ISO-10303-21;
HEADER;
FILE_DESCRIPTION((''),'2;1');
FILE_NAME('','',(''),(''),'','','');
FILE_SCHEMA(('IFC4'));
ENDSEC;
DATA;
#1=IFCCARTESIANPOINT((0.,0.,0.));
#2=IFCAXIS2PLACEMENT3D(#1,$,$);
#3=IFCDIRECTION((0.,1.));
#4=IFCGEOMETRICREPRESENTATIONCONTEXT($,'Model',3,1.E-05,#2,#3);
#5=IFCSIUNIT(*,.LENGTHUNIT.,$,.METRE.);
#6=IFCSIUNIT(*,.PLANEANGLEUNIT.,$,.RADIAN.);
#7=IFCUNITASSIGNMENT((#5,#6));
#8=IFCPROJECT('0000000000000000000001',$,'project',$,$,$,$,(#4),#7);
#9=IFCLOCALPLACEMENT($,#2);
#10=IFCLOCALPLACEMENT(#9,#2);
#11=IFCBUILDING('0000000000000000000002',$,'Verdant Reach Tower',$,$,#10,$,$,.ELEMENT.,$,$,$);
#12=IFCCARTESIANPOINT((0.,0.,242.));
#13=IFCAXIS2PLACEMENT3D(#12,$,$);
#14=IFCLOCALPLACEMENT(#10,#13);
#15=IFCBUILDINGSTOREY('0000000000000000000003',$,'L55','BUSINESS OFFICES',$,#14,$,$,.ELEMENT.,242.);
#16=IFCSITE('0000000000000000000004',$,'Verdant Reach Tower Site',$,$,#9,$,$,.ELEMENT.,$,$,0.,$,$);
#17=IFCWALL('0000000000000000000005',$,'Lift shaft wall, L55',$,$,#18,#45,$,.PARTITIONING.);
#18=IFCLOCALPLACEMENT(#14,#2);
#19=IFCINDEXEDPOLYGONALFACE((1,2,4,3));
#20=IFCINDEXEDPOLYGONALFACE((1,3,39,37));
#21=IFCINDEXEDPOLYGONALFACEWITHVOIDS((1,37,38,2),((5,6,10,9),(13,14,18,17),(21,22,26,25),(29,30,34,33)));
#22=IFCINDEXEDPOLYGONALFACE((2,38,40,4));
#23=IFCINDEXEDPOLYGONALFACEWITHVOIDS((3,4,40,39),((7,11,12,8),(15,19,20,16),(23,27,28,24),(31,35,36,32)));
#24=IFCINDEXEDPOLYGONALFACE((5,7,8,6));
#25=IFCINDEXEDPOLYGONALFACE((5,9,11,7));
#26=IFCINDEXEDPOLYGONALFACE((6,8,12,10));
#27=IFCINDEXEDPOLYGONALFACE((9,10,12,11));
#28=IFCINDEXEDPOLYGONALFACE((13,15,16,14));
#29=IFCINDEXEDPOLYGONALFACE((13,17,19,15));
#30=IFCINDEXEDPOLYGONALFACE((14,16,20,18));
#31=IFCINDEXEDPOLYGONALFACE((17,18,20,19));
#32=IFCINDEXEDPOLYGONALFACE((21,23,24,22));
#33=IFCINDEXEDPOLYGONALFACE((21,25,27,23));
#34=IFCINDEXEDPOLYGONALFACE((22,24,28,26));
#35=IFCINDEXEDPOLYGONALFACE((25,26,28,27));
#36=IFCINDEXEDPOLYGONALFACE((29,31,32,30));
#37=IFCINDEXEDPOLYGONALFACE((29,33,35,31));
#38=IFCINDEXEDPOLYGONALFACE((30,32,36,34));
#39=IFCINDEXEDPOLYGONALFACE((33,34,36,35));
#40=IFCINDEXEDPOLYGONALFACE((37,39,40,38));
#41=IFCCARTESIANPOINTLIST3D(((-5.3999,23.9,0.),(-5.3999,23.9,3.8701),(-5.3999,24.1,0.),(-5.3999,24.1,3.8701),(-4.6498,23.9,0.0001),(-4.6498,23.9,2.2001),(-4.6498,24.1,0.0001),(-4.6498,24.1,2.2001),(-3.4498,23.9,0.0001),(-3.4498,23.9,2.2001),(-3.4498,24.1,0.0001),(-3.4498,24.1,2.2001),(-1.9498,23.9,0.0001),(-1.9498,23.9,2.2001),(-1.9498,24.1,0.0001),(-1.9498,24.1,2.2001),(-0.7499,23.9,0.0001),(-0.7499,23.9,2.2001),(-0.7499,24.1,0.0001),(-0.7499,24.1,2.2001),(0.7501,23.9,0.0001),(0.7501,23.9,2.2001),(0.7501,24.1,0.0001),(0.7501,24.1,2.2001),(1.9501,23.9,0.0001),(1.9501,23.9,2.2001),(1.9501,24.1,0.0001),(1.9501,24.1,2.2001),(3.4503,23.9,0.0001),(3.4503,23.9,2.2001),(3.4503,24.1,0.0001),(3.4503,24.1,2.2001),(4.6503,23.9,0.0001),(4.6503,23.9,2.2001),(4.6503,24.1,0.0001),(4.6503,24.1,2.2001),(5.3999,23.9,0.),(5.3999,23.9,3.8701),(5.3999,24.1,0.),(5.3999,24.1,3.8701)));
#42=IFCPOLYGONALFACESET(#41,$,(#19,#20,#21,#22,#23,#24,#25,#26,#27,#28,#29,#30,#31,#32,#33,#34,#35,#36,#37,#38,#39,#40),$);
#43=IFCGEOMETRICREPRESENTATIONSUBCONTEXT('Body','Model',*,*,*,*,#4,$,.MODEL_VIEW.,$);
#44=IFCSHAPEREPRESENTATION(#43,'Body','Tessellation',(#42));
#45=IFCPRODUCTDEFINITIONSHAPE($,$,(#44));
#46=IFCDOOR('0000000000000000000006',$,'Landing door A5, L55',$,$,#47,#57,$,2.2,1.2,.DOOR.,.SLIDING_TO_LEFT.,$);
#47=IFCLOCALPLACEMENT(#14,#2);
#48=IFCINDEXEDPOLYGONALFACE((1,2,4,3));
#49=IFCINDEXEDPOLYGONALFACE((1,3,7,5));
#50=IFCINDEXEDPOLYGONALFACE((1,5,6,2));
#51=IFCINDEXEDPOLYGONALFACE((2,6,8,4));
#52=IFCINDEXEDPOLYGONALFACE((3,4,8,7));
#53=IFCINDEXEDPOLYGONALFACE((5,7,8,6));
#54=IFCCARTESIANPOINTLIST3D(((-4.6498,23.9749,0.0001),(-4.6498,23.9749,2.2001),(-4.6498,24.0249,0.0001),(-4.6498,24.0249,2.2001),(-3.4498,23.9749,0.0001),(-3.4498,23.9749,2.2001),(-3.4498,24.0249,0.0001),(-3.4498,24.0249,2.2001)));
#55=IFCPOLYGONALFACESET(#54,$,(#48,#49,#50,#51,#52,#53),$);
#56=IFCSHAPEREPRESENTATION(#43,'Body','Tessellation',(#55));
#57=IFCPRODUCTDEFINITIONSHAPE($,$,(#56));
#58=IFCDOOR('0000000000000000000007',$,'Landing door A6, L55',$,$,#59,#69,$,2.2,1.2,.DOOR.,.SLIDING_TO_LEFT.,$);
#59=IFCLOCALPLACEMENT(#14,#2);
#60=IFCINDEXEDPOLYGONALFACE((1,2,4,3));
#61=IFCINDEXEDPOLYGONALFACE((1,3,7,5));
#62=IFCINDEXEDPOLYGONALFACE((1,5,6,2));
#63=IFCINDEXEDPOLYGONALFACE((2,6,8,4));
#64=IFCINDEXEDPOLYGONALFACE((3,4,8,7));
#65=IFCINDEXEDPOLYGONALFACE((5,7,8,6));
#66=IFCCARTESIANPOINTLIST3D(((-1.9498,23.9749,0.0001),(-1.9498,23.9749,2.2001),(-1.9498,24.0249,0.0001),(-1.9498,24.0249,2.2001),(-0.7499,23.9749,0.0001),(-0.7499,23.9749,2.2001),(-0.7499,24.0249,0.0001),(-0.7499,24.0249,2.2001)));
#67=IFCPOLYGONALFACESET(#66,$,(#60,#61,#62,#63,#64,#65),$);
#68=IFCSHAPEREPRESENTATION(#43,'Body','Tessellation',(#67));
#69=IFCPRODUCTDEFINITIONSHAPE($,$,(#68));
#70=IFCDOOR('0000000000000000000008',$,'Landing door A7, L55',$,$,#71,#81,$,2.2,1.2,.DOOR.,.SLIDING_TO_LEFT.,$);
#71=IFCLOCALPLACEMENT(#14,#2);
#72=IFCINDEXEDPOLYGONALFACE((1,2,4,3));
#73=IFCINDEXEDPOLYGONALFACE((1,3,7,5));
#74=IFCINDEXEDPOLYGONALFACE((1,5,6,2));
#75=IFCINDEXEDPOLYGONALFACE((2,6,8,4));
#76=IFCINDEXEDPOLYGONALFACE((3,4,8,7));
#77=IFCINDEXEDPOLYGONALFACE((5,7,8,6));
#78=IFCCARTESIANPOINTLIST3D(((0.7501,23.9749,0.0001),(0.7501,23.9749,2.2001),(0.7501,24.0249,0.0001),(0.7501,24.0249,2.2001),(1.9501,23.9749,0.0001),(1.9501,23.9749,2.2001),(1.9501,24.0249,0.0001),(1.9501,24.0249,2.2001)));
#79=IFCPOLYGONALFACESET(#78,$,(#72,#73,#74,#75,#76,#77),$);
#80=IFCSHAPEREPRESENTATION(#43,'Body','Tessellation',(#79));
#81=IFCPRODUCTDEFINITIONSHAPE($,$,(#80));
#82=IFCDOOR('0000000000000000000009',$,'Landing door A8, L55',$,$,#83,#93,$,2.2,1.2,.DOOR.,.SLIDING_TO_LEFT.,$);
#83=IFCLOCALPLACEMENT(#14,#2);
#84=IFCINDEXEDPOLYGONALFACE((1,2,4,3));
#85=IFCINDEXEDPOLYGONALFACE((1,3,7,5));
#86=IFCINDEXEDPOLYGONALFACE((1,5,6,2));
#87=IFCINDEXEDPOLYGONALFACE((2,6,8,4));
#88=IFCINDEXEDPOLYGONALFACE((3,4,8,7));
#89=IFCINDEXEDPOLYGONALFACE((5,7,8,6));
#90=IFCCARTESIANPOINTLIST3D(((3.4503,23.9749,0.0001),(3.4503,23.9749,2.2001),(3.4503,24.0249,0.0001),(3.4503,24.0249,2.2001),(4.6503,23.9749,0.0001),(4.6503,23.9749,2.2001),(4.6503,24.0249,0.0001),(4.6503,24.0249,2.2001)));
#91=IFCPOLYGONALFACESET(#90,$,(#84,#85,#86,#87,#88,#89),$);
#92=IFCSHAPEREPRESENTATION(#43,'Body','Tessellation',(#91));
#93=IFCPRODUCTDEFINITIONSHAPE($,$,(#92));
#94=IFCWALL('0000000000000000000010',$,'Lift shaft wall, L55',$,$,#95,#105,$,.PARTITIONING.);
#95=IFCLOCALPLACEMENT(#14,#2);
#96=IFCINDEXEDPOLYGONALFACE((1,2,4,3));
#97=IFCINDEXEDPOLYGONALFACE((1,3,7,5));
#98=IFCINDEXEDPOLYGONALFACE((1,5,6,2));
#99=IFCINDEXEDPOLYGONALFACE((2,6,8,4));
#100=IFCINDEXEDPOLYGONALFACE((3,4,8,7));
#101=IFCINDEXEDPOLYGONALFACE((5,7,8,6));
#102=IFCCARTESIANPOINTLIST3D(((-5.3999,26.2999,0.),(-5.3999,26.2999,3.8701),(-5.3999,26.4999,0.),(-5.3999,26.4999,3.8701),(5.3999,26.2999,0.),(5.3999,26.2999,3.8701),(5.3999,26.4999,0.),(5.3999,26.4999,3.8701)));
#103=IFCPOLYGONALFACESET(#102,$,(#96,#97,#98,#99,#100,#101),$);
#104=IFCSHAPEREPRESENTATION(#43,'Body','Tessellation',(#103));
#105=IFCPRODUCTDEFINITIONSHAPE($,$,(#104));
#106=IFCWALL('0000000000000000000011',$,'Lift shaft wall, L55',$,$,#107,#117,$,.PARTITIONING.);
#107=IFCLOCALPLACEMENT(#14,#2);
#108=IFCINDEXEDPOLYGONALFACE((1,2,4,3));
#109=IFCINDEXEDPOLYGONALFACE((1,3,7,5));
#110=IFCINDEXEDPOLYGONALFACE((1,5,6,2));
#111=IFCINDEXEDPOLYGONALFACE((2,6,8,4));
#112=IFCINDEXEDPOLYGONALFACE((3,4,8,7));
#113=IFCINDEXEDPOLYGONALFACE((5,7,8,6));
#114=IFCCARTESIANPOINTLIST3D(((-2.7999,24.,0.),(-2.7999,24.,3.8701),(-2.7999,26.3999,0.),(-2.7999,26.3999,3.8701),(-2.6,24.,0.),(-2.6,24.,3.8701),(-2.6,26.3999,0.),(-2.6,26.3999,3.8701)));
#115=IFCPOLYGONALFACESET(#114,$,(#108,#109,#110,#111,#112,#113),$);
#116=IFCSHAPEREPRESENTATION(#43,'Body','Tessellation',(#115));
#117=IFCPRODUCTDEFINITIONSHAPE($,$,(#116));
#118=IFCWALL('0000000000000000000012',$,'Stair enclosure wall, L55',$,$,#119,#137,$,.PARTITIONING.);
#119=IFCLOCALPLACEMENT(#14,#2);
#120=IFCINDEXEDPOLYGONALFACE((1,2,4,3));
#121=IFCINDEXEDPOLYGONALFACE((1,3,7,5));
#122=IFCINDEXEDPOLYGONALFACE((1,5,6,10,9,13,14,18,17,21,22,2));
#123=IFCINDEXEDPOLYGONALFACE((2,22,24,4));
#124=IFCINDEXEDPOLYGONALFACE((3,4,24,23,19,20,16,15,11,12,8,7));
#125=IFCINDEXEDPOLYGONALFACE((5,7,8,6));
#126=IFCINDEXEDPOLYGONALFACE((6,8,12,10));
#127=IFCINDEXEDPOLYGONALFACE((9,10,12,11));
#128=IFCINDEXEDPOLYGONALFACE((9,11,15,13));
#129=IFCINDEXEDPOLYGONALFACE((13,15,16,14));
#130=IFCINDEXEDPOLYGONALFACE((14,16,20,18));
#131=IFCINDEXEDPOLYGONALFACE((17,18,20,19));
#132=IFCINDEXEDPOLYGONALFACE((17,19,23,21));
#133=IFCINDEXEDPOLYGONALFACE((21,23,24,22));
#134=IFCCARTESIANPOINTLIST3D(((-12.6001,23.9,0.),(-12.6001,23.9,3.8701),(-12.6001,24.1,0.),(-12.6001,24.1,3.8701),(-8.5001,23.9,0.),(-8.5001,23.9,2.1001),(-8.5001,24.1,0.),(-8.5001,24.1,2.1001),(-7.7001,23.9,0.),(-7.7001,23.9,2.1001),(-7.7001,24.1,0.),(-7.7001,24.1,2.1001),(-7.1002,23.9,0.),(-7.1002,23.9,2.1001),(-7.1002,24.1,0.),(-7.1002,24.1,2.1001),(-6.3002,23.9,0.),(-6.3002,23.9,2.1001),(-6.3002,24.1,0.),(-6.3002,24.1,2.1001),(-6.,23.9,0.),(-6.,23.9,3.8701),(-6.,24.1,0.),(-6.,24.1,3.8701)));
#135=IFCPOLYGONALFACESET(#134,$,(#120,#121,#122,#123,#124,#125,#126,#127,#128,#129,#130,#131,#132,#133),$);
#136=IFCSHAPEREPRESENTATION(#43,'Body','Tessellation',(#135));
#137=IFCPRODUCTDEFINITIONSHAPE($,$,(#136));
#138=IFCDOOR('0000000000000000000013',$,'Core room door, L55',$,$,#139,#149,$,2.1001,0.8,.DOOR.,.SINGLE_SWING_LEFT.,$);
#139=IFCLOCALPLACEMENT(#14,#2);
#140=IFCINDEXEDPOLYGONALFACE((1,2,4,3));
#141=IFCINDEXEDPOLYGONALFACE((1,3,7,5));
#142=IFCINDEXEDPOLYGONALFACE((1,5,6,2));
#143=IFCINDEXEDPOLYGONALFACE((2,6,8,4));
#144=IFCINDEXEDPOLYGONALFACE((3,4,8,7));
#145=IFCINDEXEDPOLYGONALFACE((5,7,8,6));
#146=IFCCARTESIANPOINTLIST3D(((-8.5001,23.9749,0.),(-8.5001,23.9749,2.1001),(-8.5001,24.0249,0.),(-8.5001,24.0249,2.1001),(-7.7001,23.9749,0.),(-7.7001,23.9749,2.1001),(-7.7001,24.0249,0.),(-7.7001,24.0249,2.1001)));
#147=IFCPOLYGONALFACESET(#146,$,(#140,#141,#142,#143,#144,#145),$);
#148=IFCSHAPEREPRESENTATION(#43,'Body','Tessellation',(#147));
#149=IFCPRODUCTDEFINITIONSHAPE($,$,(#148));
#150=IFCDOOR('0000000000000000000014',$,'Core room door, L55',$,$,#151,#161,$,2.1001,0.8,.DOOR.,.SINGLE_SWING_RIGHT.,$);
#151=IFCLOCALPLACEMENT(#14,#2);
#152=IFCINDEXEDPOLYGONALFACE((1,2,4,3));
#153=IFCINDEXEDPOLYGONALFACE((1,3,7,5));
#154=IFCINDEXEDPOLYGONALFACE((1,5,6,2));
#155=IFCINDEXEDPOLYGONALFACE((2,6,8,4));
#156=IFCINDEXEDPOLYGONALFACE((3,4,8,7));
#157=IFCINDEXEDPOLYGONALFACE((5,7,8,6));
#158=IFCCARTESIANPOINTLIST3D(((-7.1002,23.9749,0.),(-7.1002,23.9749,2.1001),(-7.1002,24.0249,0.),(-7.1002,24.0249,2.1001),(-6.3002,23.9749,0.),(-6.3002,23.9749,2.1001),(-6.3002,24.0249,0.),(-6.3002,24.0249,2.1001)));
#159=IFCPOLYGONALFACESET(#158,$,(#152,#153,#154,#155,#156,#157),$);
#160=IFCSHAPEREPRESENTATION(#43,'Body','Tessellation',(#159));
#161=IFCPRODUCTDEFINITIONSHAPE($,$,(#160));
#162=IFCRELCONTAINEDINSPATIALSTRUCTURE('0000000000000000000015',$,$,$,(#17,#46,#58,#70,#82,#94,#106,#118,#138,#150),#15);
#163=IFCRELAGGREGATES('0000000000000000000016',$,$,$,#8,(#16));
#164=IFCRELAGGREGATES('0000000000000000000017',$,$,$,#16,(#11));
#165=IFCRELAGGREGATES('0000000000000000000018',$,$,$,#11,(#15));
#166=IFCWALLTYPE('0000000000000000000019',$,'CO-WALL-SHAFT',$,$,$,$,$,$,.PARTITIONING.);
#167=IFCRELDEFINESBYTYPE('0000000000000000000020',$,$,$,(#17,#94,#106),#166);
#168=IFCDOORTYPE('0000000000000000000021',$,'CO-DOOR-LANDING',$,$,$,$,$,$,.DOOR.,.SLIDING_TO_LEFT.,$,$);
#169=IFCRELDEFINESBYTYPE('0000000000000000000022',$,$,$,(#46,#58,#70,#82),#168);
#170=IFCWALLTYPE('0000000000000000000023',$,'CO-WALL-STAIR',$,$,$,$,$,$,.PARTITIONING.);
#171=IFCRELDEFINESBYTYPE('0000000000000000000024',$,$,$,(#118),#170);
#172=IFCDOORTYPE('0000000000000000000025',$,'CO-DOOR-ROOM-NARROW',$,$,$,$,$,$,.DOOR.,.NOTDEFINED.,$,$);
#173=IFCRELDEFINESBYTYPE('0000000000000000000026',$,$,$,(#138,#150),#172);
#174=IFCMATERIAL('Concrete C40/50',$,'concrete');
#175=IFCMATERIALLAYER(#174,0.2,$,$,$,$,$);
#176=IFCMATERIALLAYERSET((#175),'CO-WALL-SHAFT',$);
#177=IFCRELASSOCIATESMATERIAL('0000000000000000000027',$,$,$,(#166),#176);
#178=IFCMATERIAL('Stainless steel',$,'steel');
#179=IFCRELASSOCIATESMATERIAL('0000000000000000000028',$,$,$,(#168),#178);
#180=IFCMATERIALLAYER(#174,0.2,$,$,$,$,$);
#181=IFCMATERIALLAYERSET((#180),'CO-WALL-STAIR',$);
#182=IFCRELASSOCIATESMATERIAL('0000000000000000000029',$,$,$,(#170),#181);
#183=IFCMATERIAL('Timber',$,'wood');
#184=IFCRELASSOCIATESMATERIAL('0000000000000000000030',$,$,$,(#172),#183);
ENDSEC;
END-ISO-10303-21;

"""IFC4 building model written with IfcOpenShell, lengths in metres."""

from ifc_helpers import new_model, si_unit, direction, frame, frame_2d, origin, place, context, subcontext, project, spatial, rectangle, extrude, material, layer, layer_set, type_object, element, fill, save


model = new_model("IFC4")

# Units and contexts
model_context = context("Model", 3, precision=1e-05, world=origin(), true_north=direction((0.0, 1.0)))
body_context = subcontext(model_context, "Body", "Model", "MODEL_VIEW")
ifc_project = project(units=[si_unit("LENGTHUNIT", "METRE"), si_unit("PLANEANGLEUNIT", "RADIAN")], contexts=[model_context])

# Site, building, storey
site_placement = place(None, origin())
site = spatial("IfcSite", under=ifc_project, at=site_placement, Name="Verdant Reach Tower Site", CompositionType="ELEMENT", RefElevation=0.0)
building_placement = place(site_placement, origin())
building = spatial("IfcBuilding", under=site, at=building_placement, Name="Verdant Reach Tower", CompositionType="ELEMENT")
storey_placement = place(building_placement, frame((0.0, 0.0, 242.0)))
storey = spatial("IfcBuildingStorey", under=building, at=storey_placement, Name="L55", Description="BUSINESS OFFICES", CompositionType="ELEMENT", Elevation=242.0)

# Wall, openings, doors
ifc_material_1 = material(Name="Concrete C40/50", Category="concrete")
ifc_layer_1 = layer(ifc_material_1, 0.2)
ifc_layer_set_1 = layer_set([ifc_layer_1], Name="CO-WALL-SHAFT")
wall_type_1 = type_object("IfcWallType", Name="CO-WALL-SHAFT", PredefinedType="PARTITIONING", material=ifc_layer_set_1)
ifc_material_2 = material(Name="Stainless steel", Category="steel")
door_type_1 = type_object("IfcDoorType", Name="CO-DOOR-LANDING", OperationType="SLIDING_TO_LEFT", PredefinedType="DOOR", material=ifc_material_2)
wall_1_placement = place(storey_placement, frame((-5.3999, 24.0, 0.0), z_axis=(0.0, 0.0, 1.0), x_axis=(1.0, 0.0, 0.0)))
wall_1 = element("IfcWall", 1, at=wall_1_placement, inside=storey, type_object=wall_type_1, Name="Lift shaft wall, L55", PredefinedType="PARTITIONING", context=body_context, shape_type="SweptSolid", body=[
    extrude(rectangle(XDim=10.7998, YDim=0.2, at=frame_2d((5.3999, 0.0))), origin(), (0.0, 0.0, 1.0), 3.8701),
])
opening_1_placement = place(wall_1_placement, frame((0.75, 0.0, 0.0)))
opening_1 = element("IfcOpeningElement", 2, at=opening_1_placement, cuts=wall_1, PredefinedType="OPENING", context=body_context, shape_type="SweptSolid", body=[
    extrude(rectangle(XDim=1.2, YDim=2.2, at=frame_2d((0.6001, 1.1001))), frame((0.0, 0.1099, 0.0), z_axis=(0.0, -1.0, 0.0), x_axis=(1.0, 0.0, 0.0)), (0.0, 0.0, 1.0), 0.22),
])
opening_2_placement = place(wall_1_placement, frame((3.45, 0.0, 0.0)))
opening_2 = element("IfcOpeningElement", 3, at=opening_2_placement, cuts=wall_1, PredefinedType="OPENING", context=body_context, shape_type="SweptSolid", body=[
    extrude(rectangle(XDim=1.2, YDim=2.2, at=frame_2d((0.6001, 1.1001))), frame((0.0, 0.1099, 0.0), z_axis=(0.0, -1.0, 0.0), x_axis=(1.0, 0.0, 0.0)), (0.0, 0.0, 1.0), 0.22),
])
opening_3_placement = place(wall_1_placement, frame((6.1499, 0.0, 0.0)))
opening_3 = element("IfcOpeningElement", 4, at=opening_3_placement, cuts=wall_1, PredefinedType="OPENING", context=body_context, shape_type="SweptSolid", body=[
    extrude(rectangle(XDim=1.2, YDim=2.2, at=frame_2d((0.6001, 1.1001))), frame((0.0, 0.1099, 0.0), z_axis=(0.0, -1.0, 0.0), x_axis=(1.0, 0.0, 0.0)), (0.0, 0.0, 1.0), 0.22),
])
opening_4_placement = place(wall_1_placement, frame((8.8501, 0.0, 0.0)))
opening_4 = element("IfcOpeningElement", 5, at=opening_4_placement, cuts=wall_1, PredefinedType="OPENING", context=body_context, shape_type="SweptSolid", body=[
    extrude(rectangle(XDim=1.2, YDim=2.2, at=frame_2d((0.6001, 1.1001))), frame((0.0, 0.1099, 0.0), z_axis=(0.0, -1.0, 0.0), x_axis=(1.0, 0.0, 0.0)), (0.0, 0.0, 1.0), 0.22),
])
door_1_placement = place(opening_1_placement, origin())
door_1 = element("IfcDoor", 6, at=door_1_placement, inside=storey, type_object=door_type_1, Name="Landing door A5, L55", OperationType="SLIDING_TO_LEFT", OverallHeight=2.2, OverallWidth=1.2, PredefinedType="DOOR", context=body_context, shape_type="SweptSolid", body=[
    extrude(rectangle(XDim=1.2, YDim=2.2, at=frame_2d((0.6001, 1.1001))), frame((0.0, 0.0249, 0.0), z_axis=(0.0, -1.0, 0.0), x_axis=(1.0, 0.0, 0.0)), (0.0, 0.0, 1.0), 0.05),
])
fill(opening_1, door_1)
door_2_placement = place(opening_2_placement, origin())
door_2 = element("IfcDoor", 7, at=door_2_placement, inside=storey, type_object=door_type_1, Name="Landing door A6, L55", OperationType="SLIDING_TO_LEFT", OverallHeight=2.2, OverallWidth=1.2, PredefinedType="DOOR", context=body_context, shape_type="SweptSolid", body=[
    extrude(rectangle(XDim=1.2, YDim=2.2, at=frame_2d((0.6001, 1.1001))), frame((0.0, 0.0249, 0.0), z_axis=(0.0, -1.0, 0.0), x_axis=(1.0, 0.0, 0.0)), (0.0, 0.0, 1.0), 0.05),
])
fill(opening_2, door_2)
door_3_placement = place(opening_3_placement, origin())
door_3 = element("IfcDoor", 8, at=door_3_placement, inside=storey, type_object=door_type_1, Name="Landing door A7, L55", OperationType="SLIDING_TO_LEFT", OverallHeight=2.2, OverallWidth=1.2, PredefinedType="DOOR", context=body_context, shape_type="SweptSolid", body=[
    extrude(rectangle(XDim=1.2, YDim=2.2, at=frame_2d((0.6001, 1.1001))), frame((0.0, 0.0249, 0.0), z_axis=(0.0, -1.0, 0.0), x_axis=(1.0, 0.0, 0.0)), (0.0, 0.0, 1.0), 0.05),
])
fill(opening_3, door_3)
door_4_placement = place(opening_4_placement, origin())
door_4 = element("IfcDoor", 9, at=door_4_placement, inside=storey, type_object=door_type_1, Name="Landing door A8, L55", OperationType="SLIDING_TO_LEFT", OverallHeight=2.2, OverallWidth=1.2, PredefinedType="DOOR", context=body_context, shape_type="SweptSolid", body=[
    extrude(rectangle(XDim=1.2, YDim=2.2, at=frame_2d((0.6001, 1.1001))), frame((0.0, 0.0249, 0.0), z_axis=(0.0, -1.0, 0.0), x_axis=(1.0, 0.0, 0.0)), (0.0, 0.0, 1.0), 0.05),
])
fill(opening_4, door_4)

# Walls
wall_2_placement = place(storey_placement, frame((-5.3999, 26.3999, 0.0), z_axis=(0.0, 0.0, 1.0), x_axis=(1.0, 0.0, 0.0)))
element("IfcWall", 10, at=wall_2_placement, inside=storey, type_object=wall_type_1, Name="Lift shaft wall, L55", PredefinedType="PARTITIONING", context=body_context, shape_type="SweptSolid", body=[
    extrude(rectangle(XDim=10.7998, YDim=0.2, at=frame_2d((5.3999, 0.0))), origin(), (0.0, 0.0, 1.0), 3.8701),
])
wall_3_placement = place(storey_placement, frame((-2.7, 24.0, 0.0), z_axis=(0.0, 0.0, 1.0), x_axis=(0.0, 1.0, 0.0)))
element("IfcWall", 11, at=wall_3_placement, inside=storey, type_object=wall_type_1, Name="Lift shaft wall, L55", PredefinedType="PARTITIONING", context=body_context, shape_type="SweptSolid", body=[
    extrude(rectangle(XDim=2.3999, YDim=0.2, at=frame_2d((1.2, 0.0))), origin(), (0.0, 0.0, 1.0), 3.8701),
])

# Wall, openings, doors
ifc_layer_2 = layer(ifc_material_1, 0.2)
ifc_layer_set_2 = layer_set([ifc_layer_2], Name="CO-WALL-STAIR")
wall_type_2 = type_object("IfcWallType", Name="CO-WALL-STAIR", PredefinedType="PARTITIONING", material=ifc_layer_set_2)
wall_4_placement = place(storey_placement, frame((-12.6001, 24.0, 0.0), z_axis=(0.0, 0.0, 1.0), x_axis=(1.0, 0.0, 0.0)))
wall_4 = element("IfcWall", 12, at=wall_4_placement, inside=storey, type_object=wall_type_2, Name="Stair enclosure wall, L55", PredefinedType="PARTITIONING", context=body_context, shape_type="SweptSolid", body=[
    extrude(rectangle(XDim=6.6001, YDim=0.2, at=frame_2d((3.3, 0.0))), origin(), (0.0, 0.0, 1.0), 3.8701),
])
opening_5_placement = place(wall_4_placement, frame((4.1001, 0.0, 0.0)))
opening_5 = element("IfcOpeningElement", 13, at=opening_5_placement, cuts=wall_4, PredefinedType="OPENING", context=body_context, shape_type="SweptSolid", body=[
    extrude(rectangle(XDim=0.8, YDim=2.1001, at=frame_2d((0.3999, 1.05))), frame((0.0, 0.1099, 0.0), z_axis=(0.0, -1.0, 0.0), x_axis=(1.0, 0.0, 0.0)), (0.0, 0.0, 1.0), 0.22),
])
opening_6_placement = place(wall_4_placement, frame((5.5, 0.0, 0.0)))
opening_6 = element("IfcOpeningElement", 14, at=opening_6_placement, cuts=wall_4, PredefinedType="OPENING", context=body_context, shape_type="SweptSolid", body=[
    extrude(rectangle(XDim=0.8, YDim=2.1001, at=frame_2d((0.3999, 1.05))), frame((0.0, 0.1099, 0.0), z_axis=(0.0, -1.0, 0.0), x_axis=(1.0, 0.0, 0.0)), (0.0, 0.0, 1.0), 0.22),
])
ifc_material_3 = material(Name="Timber", Category="wood")
door_type_2 = type_object("IfcDoorType", Name="CO-DOOR-ROOM-NARROW", OperationType="NOTDEFINED", PredefinedType="DOOR", material=ifc_material_3)
door_5_placement = place(opening_5_placement, origin())
door_5 = element("IfcDoor", 15, at=door_5_placement, inside=storey, type_object=door_type_2, Name="Core room door, L55", OperationType="SINGLE_SWING_LEFT", OverallHeight=2.1001, OverallWidth=0.8, PredefinedType="DOOR", context=body_context, shape_type="SweptSolid", body=[
    extrude(rectangle(XDim=0.8, YDim=2.1001, at=frame_2d((0.3999, 1.05))), frame((0.0, 0.0249, 0.0), z_axis=(0.0, -1.0, 0.0), x_axis=(1.0, 0.0, 0.0)), (0.0, 0.0, 1.0), 0.05),
])
fill(opening_5, door_5)
door_6_placement = place(opening_6_placement, origin())
door_6 = element("IfcDoor", 16, at=door_6_placement, inside=storey, type_object=door_type_2, Name="Core room door, L55", OperationType="SINGLE_SWING_RIGHT", OverallHeight=2.1001, OverallWidth=0.8, PredefinedType="DOOR", context=body_context, shape_type="SweptSolid", body=[
    extrude(rectangle(XDim=0.8, YDim=2.1001, at=frame_2d((0.3999, 1.05))), frame((0.0, 0.0249, 0.0), z_axis=(0.0, -1.0, 0.0), x_axis=(1.0, 0.0, 0.0)), (0.0, 0.0, 1.0), 0.05),
])
fill(opening_6, door_6)

save(model, "model.ifc")
